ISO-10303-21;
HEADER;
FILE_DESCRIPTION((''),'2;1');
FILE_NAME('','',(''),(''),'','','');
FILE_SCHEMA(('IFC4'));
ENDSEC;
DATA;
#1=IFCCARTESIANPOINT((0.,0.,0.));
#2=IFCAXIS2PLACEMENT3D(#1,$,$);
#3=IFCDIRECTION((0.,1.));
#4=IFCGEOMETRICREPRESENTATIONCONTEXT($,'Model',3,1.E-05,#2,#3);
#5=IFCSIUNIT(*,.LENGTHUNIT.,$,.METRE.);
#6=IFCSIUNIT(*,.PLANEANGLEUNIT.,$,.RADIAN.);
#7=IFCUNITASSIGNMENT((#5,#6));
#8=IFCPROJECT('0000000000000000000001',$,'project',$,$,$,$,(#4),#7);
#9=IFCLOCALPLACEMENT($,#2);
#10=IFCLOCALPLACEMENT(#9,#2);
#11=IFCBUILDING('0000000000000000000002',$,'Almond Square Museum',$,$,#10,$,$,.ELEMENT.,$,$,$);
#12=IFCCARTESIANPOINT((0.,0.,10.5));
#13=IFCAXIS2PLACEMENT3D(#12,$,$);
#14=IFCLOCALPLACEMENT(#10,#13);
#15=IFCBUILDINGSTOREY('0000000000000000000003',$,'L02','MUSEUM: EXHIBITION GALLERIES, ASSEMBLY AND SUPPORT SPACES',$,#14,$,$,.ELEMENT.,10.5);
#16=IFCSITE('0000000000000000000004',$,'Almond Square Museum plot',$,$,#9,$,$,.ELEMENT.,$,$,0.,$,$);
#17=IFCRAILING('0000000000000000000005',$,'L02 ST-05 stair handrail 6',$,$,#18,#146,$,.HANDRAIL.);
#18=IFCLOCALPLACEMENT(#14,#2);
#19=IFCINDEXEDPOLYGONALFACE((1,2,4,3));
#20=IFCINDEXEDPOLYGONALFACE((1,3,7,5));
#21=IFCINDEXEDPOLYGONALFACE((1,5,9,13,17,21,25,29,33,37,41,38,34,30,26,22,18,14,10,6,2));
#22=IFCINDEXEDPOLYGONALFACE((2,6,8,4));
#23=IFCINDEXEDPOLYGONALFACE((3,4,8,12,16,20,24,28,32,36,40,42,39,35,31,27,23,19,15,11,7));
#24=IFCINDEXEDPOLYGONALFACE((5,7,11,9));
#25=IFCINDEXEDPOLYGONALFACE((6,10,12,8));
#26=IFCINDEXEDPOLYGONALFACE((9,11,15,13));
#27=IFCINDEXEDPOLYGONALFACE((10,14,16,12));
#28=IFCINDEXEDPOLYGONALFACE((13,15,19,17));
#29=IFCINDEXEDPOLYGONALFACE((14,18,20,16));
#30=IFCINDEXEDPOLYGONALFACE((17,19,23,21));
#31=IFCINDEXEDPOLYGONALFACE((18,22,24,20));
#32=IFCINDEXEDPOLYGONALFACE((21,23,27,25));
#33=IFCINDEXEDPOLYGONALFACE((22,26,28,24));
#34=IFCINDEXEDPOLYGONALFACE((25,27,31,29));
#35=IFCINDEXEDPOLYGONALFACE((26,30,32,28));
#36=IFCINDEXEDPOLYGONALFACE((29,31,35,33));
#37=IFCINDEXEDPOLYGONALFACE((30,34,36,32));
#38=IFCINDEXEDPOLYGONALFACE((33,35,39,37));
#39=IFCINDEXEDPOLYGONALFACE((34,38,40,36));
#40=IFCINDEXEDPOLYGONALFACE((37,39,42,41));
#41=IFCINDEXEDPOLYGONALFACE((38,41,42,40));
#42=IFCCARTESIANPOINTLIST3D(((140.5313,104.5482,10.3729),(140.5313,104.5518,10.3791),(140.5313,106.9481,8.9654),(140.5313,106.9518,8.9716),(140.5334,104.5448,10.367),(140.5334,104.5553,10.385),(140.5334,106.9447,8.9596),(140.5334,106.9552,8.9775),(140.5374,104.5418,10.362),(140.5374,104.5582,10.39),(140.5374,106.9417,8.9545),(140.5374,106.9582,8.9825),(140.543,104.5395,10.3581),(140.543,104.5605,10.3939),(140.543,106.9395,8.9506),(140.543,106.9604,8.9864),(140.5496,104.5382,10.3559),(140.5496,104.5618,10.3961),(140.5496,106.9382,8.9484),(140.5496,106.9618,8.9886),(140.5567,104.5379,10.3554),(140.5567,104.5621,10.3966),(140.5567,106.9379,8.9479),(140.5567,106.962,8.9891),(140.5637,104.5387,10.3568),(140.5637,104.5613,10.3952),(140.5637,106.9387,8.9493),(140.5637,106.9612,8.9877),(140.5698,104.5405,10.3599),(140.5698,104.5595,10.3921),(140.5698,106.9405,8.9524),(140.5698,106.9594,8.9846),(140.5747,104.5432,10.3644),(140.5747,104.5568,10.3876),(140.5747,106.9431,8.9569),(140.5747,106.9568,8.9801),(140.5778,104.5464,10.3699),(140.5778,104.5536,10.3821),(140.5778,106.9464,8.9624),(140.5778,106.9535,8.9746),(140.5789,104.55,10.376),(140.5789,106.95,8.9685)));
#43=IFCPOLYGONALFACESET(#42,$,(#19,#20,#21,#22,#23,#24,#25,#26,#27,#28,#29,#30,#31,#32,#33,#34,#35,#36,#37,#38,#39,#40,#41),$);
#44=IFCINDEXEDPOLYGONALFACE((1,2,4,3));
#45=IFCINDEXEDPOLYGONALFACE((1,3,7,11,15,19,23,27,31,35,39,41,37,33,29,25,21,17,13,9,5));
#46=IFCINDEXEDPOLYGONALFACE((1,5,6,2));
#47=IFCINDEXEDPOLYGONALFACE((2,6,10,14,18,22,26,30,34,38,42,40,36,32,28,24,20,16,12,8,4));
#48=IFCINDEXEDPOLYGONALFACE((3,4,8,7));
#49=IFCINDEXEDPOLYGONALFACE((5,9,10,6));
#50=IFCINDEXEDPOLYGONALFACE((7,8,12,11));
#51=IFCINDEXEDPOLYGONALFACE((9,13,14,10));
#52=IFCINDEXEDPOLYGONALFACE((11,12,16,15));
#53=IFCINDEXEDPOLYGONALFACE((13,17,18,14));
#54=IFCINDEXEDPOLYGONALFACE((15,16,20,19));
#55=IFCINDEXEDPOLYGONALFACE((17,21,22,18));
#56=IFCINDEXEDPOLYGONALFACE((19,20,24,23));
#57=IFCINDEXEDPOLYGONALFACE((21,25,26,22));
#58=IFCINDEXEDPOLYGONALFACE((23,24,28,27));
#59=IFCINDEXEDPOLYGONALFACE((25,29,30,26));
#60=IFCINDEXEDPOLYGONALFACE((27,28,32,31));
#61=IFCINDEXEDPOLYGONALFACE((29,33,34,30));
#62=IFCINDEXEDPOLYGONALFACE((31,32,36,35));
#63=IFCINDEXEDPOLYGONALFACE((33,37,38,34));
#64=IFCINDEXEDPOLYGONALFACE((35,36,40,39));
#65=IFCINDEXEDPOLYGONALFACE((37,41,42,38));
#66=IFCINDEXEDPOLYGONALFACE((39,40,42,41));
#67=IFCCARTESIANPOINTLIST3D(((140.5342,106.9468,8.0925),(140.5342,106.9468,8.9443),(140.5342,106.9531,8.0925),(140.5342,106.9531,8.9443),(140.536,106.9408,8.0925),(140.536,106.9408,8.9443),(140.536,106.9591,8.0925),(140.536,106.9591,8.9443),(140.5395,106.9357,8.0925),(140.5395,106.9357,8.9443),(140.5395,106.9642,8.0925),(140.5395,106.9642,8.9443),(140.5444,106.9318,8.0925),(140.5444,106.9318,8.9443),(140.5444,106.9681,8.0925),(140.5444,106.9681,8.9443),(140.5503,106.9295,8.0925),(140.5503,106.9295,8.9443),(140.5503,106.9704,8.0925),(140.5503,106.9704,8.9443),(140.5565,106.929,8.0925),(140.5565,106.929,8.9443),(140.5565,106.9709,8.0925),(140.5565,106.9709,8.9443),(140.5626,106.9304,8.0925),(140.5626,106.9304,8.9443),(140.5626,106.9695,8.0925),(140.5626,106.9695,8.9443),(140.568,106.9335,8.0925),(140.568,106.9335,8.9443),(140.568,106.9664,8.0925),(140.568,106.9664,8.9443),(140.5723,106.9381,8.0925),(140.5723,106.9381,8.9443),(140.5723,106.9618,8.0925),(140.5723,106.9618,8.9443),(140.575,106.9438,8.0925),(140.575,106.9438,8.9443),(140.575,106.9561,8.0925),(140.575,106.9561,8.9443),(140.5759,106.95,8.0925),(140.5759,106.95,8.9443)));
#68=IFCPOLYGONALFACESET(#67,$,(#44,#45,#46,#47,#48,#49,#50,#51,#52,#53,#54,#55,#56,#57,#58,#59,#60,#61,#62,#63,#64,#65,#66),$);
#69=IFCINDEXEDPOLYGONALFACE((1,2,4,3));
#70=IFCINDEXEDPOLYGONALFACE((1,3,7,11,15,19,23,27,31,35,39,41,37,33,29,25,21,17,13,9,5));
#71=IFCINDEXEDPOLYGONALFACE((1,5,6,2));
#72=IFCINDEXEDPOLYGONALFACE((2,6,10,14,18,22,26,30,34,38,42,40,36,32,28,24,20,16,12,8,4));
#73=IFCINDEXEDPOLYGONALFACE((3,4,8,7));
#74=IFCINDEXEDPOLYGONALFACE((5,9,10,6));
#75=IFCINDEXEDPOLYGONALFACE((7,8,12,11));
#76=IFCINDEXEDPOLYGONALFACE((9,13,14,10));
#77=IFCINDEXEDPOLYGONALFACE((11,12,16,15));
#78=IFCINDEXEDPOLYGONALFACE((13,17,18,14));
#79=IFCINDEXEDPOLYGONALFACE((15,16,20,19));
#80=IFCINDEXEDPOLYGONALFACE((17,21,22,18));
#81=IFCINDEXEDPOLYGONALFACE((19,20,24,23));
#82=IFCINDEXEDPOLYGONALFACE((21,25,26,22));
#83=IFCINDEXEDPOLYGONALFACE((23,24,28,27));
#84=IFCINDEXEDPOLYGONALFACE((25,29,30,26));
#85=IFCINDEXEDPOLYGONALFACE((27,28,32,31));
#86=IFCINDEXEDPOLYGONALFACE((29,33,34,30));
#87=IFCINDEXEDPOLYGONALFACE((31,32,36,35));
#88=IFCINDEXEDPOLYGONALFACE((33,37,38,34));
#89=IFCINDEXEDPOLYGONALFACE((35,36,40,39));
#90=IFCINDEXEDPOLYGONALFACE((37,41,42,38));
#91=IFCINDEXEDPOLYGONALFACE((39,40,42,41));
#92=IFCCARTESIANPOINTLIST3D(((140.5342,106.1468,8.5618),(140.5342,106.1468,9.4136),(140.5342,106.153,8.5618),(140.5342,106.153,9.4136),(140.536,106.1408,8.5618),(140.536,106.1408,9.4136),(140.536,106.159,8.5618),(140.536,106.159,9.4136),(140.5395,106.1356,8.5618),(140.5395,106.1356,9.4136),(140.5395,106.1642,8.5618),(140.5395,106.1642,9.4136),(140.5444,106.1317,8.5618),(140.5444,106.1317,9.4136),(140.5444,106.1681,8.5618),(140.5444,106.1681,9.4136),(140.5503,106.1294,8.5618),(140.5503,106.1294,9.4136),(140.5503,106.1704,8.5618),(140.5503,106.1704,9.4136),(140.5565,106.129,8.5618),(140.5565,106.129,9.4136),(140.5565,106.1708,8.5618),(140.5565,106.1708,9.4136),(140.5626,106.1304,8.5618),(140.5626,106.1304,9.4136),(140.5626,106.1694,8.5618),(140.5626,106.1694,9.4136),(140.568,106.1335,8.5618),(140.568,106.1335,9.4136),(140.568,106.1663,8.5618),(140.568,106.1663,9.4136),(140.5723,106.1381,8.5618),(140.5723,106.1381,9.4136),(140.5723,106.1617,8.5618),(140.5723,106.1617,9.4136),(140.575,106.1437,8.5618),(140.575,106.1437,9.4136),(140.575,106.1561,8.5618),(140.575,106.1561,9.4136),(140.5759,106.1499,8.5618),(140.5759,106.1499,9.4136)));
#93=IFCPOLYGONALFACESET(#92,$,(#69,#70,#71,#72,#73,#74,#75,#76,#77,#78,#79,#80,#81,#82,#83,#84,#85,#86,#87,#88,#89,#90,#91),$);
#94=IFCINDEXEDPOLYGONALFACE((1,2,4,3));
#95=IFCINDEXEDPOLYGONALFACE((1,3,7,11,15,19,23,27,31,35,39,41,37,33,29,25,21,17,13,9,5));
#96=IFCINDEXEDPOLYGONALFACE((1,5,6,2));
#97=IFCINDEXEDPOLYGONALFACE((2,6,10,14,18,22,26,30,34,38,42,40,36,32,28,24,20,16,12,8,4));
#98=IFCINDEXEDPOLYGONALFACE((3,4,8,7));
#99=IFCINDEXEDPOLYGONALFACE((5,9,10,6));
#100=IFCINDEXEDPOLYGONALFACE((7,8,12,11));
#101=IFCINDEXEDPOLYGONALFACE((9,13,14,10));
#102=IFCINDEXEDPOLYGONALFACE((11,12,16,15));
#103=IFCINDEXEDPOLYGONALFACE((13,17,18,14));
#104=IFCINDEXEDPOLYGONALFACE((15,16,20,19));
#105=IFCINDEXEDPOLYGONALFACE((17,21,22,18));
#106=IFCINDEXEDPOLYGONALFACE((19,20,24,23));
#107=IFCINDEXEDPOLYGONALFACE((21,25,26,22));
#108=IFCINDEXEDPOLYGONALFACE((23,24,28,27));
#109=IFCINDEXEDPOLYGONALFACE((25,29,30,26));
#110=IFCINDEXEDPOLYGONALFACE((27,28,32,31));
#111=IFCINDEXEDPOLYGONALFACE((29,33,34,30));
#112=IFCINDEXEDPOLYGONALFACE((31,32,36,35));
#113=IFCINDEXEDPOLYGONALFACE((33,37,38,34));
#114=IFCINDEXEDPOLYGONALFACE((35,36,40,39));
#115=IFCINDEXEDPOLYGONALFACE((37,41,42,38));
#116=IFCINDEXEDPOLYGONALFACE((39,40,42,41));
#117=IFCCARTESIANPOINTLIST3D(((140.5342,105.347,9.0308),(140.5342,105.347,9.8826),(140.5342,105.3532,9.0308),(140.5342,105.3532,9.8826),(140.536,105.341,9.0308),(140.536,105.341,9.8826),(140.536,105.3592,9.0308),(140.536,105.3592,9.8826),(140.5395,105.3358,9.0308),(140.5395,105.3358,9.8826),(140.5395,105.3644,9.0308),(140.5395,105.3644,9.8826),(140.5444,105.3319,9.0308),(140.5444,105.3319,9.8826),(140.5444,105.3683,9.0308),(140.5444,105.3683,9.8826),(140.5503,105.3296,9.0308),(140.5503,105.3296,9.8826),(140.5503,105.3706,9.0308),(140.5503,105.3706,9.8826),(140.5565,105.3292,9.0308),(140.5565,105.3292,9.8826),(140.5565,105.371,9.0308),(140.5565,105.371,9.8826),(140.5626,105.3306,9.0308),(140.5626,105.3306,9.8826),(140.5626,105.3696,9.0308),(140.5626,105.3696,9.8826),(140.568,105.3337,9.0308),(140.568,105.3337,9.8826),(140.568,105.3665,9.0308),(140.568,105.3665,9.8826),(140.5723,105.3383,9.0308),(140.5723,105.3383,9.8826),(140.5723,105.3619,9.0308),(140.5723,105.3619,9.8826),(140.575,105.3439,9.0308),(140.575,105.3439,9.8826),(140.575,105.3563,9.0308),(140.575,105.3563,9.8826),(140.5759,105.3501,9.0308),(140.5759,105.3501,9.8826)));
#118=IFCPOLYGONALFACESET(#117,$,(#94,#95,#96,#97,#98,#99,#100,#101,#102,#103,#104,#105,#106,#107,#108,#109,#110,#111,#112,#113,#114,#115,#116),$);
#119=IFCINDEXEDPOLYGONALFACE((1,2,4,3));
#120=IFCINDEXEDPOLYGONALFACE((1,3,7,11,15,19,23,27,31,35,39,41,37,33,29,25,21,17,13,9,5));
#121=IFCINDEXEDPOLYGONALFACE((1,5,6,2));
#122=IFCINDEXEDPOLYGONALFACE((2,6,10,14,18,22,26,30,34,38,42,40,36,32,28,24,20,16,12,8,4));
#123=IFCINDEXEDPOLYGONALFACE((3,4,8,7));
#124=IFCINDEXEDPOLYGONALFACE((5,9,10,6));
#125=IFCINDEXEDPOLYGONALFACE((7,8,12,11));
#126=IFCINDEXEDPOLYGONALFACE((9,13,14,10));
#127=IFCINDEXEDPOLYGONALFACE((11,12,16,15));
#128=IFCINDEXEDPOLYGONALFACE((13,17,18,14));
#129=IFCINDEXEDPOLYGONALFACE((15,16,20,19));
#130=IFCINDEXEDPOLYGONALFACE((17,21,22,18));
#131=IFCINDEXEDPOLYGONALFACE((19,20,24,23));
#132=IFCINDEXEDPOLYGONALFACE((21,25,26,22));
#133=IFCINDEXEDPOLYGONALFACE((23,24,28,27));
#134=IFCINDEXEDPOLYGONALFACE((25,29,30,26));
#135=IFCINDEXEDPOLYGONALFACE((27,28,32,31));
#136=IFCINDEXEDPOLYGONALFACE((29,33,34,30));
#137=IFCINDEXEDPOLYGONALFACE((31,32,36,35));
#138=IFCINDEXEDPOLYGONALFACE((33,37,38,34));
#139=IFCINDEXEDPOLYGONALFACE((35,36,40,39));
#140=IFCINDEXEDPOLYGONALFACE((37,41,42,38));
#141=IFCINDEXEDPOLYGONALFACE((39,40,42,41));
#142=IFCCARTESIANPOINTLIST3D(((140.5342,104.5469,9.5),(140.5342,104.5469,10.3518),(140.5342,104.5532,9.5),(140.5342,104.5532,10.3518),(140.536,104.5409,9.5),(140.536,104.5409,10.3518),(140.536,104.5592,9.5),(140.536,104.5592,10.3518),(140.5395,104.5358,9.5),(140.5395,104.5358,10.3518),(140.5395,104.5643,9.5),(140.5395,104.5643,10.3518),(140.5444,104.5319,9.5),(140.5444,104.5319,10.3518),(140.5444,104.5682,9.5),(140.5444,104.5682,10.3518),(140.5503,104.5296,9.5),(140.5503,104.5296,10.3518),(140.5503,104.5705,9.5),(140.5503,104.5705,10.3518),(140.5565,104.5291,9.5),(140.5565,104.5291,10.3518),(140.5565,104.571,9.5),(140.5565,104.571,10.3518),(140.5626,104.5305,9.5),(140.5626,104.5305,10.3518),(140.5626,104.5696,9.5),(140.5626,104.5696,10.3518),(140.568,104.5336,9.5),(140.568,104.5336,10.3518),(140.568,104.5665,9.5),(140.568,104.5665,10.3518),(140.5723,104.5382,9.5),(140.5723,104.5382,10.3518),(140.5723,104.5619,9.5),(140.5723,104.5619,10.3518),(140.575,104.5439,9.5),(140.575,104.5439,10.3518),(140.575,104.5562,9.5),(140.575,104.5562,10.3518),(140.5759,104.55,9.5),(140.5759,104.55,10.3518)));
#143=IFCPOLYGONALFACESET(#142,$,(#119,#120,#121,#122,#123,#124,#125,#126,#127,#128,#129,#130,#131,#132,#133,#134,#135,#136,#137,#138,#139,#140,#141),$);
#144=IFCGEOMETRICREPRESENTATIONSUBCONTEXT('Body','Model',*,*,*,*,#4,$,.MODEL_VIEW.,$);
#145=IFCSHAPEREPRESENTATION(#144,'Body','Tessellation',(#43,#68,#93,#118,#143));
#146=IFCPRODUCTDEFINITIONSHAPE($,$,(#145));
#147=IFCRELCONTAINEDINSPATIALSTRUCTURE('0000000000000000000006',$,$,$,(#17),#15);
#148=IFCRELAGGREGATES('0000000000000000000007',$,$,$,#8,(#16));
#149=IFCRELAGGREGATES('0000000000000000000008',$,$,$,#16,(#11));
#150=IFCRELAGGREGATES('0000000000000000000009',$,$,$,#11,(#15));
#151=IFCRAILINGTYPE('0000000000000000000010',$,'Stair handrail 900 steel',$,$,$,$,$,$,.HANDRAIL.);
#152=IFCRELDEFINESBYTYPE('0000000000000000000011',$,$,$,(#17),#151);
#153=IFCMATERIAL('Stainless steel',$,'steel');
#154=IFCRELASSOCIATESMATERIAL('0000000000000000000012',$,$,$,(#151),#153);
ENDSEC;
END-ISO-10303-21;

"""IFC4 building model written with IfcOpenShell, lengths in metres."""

from ifc_helpers import new_model, si_unit, direction, frame, origin, origin_2d, place, context, subcontext, project, spatial, circle, extrude, material, type_object, element, save


model = new_model("IFC4")

# Units and contexts
model_context = context("Model", 3, precision=1e-05, world=origin(), true_north=direction((0.0, 1.0)))
body_context = subcontext(model_context, "Body", "Model", "MODEL_VIEW")
ifc_project = project(units=[si_unit("LENGTHUNIT", "METRE"), si_unit("PLANEANGLEUNIT", "RADIAN")], contexts=[model_context])

# Site, building, storey
site_placement = place(None, origin())
site = spatial("IfcSite", under=ifc_project, at=site_placement, Name="Almond Square Museum plot", CompositionType="ELEMENT", RefElevation=0.0)
building_placement = place(site_placement, origin())
building = spatial("IfcBuilding", under=site, at=building_placement, Name="Almond Square Museum", CompositionType="ELEMENT")
storey_placement = place(building_placement, frame((0.0, 0.0, 10.5)))
storey = spatial("IfcBuildingStorey", under=building, at=storey_placement, Name="L02", Description="MUSEUM: EXHIBITION GALLERIES, ASSEMBLY AND SUPPORT SPACES", CompositionType="ELEMENT", Elevation=10.5)

# Railing
ifc_material_1 = material(Name="Stainless steel", Category="steel")
railing_type_1 = type_object("IfcRailingType", Name="Stair handrail 900 steel", PredefinedType="HANDRAIL", material=ifc_material_1)
for number, where, name in (
    (1, (140.5549, 106.95, 8.0925), "L02 ST-05 stair handrail 6"),
):
    element("IfcRailing", number, at=place(storey_placement, frame(where)), inside=storey, type_object=railing_type_1, Name=name, PredefinedType="HANDRAIL", context=body_context, shape_type="SweptSolid", body=[
        extrude(circle(Radius=0.0239, at=origin_2d()), frame((0.0, 0.0, 0.876), z_axis=(0.0, -0.862599, 0.505888), x_axis=(1.0, 0.0, 0.0)), (0.0, 0.0, 1.0), 2.7822),
        extrude(circle(Radius=0.021, at=origin_2d()), origin(), (0.0, 0.0, 1.0), 0.8518),
        extrude(circle(Radius=0.021, at=origin_2d()), frame((0.0, -0.8, 0.4692)), (0.0, 0.0, 1.0), 0.8518),
        extrude(circle(Radius=0.021, at=origin_2d()), frame((0.0, -1.5999, 0.9382)), (0.0, 0.0, 1.0), 0.8518),
        extrude(circle(Radius=0.021, at=origin_2d()), frame((0.0, -2.3999, 1.4075)), (0.0, 0.0, 1.0), 0.8518),
    ])

save(model, "model.ifc")
